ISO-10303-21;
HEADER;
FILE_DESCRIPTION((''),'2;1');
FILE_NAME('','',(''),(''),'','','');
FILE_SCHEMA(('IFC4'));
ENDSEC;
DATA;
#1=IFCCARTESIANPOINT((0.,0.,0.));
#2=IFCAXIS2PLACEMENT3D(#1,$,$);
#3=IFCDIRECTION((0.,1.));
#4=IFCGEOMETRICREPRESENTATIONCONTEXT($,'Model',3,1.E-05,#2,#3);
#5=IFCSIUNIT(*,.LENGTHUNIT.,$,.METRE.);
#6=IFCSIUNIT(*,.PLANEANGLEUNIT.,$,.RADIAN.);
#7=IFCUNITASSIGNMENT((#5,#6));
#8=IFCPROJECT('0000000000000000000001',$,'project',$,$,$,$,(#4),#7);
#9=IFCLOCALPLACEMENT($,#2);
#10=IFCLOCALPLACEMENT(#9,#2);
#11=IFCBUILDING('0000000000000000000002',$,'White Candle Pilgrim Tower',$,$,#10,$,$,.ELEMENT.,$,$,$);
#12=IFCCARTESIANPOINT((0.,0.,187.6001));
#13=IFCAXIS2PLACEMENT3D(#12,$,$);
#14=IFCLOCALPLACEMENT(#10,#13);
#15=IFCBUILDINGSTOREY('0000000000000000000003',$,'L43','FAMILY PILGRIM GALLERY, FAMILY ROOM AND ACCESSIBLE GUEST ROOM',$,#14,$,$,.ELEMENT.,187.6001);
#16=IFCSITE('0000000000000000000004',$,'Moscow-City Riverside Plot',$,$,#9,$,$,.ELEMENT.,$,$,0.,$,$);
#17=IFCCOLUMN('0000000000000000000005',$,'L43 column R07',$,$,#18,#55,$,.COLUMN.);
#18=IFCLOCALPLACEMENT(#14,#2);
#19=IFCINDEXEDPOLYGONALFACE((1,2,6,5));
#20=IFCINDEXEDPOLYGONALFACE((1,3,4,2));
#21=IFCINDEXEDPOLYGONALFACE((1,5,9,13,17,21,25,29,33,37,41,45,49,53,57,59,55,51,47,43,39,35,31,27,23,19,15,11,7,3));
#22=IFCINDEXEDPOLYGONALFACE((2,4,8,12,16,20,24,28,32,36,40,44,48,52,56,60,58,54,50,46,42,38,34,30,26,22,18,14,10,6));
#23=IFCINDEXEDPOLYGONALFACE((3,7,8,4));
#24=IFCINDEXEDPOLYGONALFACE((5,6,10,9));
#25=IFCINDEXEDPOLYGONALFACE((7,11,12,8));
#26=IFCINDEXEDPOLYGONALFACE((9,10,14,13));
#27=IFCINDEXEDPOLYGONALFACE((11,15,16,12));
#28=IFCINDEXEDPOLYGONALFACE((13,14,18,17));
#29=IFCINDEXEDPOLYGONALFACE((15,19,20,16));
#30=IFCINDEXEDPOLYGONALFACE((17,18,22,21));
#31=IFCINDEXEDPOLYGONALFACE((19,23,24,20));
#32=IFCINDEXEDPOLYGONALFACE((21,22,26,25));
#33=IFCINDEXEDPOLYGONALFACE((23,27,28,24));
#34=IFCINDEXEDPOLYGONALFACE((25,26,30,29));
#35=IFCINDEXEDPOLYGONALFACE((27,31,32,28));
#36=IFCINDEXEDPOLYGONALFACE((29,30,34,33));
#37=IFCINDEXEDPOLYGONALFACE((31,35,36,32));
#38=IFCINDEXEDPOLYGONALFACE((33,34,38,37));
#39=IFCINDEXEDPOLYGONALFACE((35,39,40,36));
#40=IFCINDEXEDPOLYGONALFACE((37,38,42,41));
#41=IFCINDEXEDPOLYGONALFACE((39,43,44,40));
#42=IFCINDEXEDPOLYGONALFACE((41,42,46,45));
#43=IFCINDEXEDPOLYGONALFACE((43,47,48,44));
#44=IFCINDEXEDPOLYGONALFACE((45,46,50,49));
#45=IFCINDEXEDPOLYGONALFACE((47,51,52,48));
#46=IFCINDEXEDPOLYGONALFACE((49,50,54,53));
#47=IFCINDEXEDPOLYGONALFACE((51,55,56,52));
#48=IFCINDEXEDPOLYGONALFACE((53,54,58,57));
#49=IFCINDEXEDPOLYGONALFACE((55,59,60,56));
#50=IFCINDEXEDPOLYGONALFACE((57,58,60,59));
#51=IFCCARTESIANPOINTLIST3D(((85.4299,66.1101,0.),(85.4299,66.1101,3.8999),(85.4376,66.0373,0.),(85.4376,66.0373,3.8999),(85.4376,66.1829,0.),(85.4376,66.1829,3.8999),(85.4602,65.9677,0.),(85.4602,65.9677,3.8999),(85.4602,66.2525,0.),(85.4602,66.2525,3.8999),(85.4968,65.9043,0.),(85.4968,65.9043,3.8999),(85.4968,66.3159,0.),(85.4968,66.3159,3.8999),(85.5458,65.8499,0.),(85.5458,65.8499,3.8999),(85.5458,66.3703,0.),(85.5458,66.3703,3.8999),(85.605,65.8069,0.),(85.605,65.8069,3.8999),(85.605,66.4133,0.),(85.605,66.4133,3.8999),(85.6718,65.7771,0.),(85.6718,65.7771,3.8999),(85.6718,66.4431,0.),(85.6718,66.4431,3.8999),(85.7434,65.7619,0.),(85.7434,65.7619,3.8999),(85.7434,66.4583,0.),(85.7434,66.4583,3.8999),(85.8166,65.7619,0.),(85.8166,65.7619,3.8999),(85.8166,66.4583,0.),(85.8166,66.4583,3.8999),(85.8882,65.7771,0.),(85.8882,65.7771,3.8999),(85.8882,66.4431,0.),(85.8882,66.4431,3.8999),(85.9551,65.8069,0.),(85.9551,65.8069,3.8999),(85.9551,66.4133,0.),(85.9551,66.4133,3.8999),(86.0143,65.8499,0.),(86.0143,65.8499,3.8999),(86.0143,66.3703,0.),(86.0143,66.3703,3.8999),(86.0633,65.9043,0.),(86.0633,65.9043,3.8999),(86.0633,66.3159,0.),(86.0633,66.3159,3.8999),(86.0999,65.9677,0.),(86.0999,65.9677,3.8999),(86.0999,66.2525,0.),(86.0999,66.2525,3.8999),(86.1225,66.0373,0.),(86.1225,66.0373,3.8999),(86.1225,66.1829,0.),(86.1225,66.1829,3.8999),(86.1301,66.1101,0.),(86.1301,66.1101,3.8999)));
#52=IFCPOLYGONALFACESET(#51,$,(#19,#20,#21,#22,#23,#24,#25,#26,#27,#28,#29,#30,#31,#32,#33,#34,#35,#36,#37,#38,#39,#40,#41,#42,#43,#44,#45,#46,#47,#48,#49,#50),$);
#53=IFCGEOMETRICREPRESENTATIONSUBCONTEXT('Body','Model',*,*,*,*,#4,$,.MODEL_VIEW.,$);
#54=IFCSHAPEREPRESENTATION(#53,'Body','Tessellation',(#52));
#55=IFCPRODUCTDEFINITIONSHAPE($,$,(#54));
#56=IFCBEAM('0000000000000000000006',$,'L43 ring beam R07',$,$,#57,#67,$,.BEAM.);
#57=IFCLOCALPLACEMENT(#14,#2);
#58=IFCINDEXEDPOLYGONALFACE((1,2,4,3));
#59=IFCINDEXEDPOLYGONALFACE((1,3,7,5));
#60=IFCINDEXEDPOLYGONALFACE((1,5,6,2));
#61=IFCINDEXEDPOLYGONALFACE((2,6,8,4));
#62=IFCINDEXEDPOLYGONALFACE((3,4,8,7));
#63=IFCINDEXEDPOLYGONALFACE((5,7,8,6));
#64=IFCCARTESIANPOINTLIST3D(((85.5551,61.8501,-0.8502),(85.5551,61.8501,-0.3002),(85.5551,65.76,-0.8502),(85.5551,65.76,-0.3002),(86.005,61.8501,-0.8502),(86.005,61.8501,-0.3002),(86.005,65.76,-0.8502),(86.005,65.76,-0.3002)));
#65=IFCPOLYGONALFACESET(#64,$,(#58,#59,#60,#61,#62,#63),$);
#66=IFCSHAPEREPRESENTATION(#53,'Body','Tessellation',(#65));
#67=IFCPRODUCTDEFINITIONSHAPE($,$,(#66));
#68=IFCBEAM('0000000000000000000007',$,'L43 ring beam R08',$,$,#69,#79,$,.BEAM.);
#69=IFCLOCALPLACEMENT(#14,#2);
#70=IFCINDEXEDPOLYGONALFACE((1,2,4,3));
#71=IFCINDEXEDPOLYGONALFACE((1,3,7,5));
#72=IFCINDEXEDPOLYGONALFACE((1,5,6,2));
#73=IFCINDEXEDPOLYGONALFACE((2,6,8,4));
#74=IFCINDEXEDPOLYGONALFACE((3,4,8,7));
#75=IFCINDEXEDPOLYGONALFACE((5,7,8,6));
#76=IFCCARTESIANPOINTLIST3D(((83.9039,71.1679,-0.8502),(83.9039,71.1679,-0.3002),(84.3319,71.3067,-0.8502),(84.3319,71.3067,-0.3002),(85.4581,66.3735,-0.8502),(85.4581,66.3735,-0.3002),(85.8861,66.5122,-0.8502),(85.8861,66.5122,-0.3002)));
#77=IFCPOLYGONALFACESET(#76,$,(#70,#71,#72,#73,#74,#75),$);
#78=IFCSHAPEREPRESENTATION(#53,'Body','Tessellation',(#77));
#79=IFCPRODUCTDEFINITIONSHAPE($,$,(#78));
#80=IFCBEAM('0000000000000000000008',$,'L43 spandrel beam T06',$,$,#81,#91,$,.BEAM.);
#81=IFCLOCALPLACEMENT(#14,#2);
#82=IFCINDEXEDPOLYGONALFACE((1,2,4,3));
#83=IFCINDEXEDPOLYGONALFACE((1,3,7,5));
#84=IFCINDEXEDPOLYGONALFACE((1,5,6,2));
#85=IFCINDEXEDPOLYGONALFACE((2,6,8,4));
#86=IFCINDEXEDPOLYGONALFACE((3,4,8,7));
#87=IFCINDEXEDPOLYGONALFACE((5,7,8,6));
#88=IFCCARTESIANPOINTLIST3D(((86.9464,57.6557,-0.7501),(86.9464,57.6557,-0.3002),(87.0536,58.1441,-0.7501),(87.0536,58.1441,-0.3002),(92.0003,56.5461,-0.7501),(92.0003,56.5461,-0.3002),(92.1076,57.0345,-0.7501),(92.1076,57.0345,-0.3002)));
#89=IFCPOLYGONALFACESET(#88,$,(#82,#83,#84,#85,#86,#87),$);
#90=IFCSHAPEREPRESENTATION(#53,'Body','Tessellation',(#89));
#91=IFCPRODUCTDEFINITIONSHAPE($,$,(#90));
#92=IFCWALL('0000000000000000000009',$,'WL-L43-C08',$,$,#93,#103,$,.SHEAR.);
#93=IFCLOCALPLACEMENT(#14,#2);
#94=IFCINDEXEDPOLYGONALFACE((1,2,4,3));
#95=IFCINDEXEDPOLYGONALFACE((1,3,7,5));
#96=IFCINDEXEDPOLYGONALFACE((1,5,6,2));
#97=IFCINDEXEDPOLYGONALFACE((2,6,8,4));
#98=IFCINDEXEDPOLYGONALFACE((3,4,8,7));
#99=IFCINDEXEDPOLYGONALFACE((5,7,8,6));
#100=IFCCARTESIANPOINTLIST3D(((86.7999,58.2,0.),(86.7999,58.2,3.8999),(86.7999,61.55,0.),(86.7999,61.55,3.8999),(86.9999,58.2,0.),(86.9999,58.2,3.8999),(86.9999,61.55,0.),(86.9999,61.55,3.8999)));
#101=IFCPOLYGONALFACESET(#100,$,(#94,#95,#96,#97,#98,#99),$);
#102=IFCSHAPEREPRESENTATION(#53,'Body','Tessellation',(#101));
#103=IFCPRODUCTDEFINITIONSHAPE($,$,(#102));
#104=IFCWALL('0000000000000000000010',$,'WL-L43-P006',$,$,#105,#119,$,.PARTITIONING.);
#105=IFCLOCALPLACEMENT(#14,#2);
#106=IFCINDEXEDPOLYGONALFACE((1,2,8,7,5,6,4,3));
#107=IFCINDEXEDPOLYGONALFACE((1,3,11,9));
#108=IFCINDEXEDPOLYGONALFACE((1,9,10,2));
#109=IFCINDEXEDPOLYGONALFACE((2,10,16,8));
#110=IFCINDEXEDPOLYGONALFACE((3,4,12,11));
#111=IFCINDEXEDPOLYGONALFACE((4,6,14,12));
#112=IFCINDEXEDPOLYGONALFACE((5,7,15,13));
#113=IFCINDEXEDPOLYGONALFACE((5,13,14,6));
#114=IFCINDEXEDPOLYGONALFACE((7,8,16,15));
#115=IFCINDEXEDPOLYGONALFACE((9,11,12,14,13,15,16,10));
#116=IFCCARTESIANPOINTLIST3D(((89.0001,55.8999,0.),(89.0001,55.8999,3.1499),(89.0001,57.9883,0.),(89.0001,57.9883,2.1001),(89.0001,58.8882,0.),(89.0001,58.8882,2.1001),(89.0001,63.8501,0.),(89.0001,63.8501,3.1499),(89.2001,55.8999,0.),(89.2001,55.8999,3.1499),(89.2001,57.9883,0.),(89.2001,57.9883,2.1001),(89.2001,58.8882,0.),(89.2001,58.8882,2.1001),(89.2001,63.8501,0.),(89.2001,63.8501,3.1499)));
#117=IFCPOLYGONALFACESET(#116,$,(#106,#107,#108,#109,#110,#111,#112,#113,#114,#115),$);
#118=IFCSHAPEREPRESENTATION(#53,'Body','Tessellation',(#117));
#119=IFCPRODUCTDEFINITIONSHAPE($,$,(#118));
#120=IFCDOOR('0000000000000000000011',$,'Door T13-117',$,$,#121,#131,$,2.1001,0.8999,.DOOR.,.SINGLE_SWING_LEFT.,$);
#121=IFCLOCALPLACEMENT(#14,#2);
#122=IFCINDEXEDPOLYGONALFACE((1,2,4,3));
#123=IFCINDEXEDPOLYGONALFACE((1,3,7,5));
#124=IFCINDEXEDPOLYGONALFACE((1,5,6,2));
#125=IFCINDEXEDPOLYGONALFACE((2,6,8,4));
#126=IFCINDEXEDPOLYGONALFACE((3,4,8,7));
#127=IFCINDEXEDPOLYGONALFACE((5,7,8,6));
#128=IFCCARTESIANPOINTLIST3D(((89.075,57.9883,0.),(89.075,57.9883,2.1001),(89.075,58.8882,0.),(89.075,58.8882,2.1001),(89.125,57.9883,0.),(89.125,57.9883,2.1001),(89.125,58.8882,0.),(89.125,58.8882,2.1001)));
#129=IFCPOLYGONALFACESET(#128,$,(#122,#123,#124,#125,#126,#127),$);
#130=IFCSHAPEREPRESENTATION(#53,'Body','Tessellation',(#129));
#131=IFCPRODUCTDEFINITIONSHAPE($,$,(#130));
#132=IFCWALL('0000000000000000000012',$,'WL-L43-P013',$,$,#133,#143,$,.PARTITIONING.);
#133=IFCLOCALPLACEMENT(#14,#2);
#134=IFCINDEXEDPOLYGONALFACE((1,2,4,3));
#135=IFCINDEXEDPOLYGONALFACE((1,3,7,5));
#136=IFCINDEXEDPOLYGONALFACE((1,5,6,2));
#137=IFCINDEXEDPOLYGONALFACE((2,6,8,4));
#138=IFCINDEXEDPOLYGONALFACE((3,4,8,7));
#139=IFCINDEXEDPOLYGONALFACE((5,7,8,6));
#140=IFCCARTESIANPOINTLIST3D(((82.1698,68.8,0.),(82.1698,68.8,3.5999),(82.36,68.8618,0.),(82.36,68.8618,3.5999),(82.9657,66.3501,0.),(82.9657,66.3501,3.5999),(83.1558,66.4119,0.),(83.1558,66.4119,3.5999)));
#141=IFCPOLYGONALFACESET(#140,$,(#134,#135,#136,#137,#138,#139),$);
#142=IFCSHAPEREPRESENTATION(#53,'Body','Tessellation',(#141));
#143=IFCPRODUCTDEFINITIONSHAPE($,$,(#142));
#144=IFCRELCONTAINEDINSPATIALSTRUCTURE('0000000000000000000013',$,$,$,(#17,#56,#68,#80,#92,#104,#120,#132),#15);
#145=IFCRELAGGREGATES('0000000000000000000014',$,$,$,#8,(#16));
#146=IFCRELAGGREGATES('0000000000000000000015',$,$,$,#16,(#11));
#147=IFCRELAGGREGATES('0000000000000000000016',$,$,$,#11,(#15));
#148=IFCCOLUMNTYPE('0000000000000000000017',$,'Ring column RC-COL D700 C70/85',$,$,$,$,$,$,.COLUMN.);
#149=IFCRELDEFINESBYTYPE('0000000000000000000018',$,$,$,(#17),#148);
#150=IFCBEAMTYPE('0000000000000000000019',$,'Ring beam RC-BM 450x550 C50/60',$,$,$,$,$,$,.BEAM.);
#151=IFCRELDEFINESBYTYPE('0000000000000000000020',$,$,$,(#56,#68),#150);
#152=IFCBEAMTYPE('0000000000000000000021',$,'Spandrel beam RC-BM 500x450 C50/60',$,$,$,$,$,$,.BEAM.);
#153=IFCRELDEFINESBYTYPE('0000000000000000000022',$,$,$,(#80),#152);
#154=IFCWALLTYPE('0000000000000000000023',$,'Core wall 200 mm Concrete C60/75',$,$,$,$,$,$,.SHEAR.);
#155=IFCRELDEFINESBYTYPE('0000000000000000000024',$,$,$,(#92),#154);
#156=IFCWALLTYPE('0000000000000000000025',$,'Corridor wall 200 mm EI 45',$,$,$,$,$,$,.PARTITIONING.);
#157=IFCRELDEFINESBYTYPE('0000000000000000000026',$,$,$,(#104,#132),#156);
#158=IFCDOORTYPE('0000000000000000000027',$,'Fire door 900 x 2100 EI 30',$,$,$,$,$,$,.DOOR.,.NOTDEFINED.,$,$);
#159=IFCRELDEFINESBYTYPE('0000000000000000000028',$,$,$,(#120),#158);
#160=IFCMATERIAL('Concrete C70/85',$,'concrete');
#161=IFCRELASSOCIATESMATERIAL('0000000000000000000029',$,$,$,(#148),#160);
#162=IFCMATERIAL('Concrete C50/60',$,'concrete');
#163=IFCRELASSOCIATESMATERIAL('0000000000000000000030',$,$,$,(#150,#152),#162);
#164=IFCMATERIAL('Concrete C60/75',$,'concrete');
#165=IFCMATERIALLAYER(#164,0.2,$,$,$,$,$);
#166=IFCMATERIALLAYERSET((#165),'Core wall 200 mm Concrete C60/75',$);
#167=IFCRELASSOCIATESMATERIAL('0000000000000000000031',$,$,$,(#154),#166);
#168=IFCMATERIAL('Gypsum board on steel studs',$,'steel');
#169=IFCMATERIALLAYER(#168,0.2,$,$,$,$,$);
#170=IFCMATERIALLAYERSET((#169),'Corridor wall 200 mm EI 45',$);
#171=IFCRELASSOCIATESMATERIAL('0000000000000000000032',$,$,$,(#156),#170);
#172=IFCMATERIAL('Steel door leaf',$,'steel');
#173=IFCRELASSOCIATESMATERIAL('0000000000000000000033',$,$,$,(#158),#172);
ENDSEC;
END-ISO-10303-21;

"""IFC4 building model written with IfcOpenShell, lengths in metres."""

from ifc_helpers import new_model, si_unit, direction, frame, frame_2d, origin, origin_2d, place, context, subcontext, project, spatial, rectangle, circle, extrude, material, layer, layer_set, material_profile, profile_set, type_object, element, fill, save


model = new_model("IFC4")

# Units and contexts
model_context = context("Model", 3, precision=1e-05, world=origin(), true_north=direction((0.0, 1.0)))
body_context = subcontext(model_context, "Body", "Model", "MODEL_VIEW")
ifc_project = project(units=[si_unit("LENGTHUNIT", "METRE"), si_unit("PLANEANGLEUNIT", "RADIAN")], contexts=[model_context])

# Site, building, storey
site_placement = place(None, origin())
site = spatial("IfcSite", under=ifc_project, at=site_placement, Name="Moscow-City Riverside Plot", CompositionType="ELEMENT", RefElevation=0.0)
building_placement = place(site_placement, origin())
building = spatial("IfcBuilding", under=site, at=building_placement, Name="White Candle Pilgrim Tower", CompositionType="ELEMENT")
storey_placement = place(building_placement, frame((0.0, 0.0, 187.6001)))
storey = spatial("IfcBuildingStorey", under=building, at=storey_placement, Name="L43", Description="FAMILY PILGRIM GALLERY, FAMILY ROOM AND ACCESSIBLE GUEST ROOM", CompositionType="ELEMENT", Elevation=187.6001)

# Column
ifc_material_1 = material(Name="Concrete C70/85", Category="concrete")
ifc_material_profile_1 = material_profile(ifc_material_1, circle(Radius=0.3501, at=origin_2d()), Name="RC-COL D700")
ifc_profile_set_1 = profile_set([ifc_material_profile_1], Name="Concrete C70/85")
column_type = type_object("IfcColumnType", Name="Ring column RC-COL D700 C70/85", PredefinedType="COLUMN", material=ifc_profile_set_1)
column_placement = place(storey_placement, frame((85.78, 66.1101, 0.0), z_axis=(0.0, 0.0, 1.0), x_axis=(1.0, 0.0, 0.0)))
element("IfcColumn", 1, at=column_placement, inside=storey, type_object=column_type, Name="L43 column R07", PredefinedType="COLUMN", context=body_context, shape_type="SweptSolid", body=[
    extrude(circle(Radius=0.3501, at=origin_2d()), origin(), (0.0, 0.0, 1.0), 3.8999),
])

# Beams
ifc_material_2 = material(Name="Concrete C50/60", Category="concrete")
ifc_material_profile_2 = material_profile(ifc_material_2, rectangle(XDim=0.45, YDim=0.55, at=origin_2d()), Name="RC-BM 450x550")
ifc_profile_set_2 = profile_set([ifc_material_profile_2], Name="Concrete C50/60")
beam_type_1 = type_object("IfcBeamType", Name="Ring beam RC-BM 450x550 C50/60", PredefinedType="BEAM", material=ifc_profile_set_2)
beam_1_placement = place(storey_placement, frame((85.78, 65.76, -0.5752), z_axis=(0.0, -1.0, 0.0), x_axis=(1.0, 0.0, 0.0)))
element("IfcBeam", 2, at=beam_1_placement, inside=storey, type_object=beam_type_1, Name="L43 ring beam R07", PredefinedType="BEAM", context=body_context, shape_type="SweptSolid", body=[
    extrude(rectangle(XDim=0.45, YDim=0.55, at=origin_2d()), origin(), (0.0, 0.0, 1.0), 3.9099),
])
beam_2_placement = place(storey_placement, frame((85.6721, 66.4429, -0.5752), z_axis=(-0.30837, 0.951267, 0.0), x_axis=(-0.951267, -0.30837, 0.0)))
element("IfcBeam", 3, at=beam_2_placement, inside=storey, type_object=beam_type_1, Name="L43 ring beam R08", PredefinedType="BEAM", context=body_context, shape_type="SweptSolid", body=[
    extrude(rectangle(XDim=0.45, YDim=0.55, at=origin_2d()), origin(), (0.0, 0.0, 1.0), 5.04),
])
ifc_material_profile_3 = material_profile(ifc_material_2, rectangle(XDim=0.5, YDim=0.45, at=origin_2d()), Name="RC-BM 500x450")
ifc_profile_set_3 = profile_set([ifc_material_profile_3], Name="Concrete C50/60")
beam_type_2 = type_object("IfcBeamType", Name="Spandrel beam RC-BM 500x450 C50/60", PredefinedType="BEAM", material=ifc_profile_set_3)
beam_3_placement = place(storey_placement, frame((92.054, 56.7903, -0.5251), z_axis=(-0.976736, 0.214447, 0.0), x_axis=(-0.214447, -0.976736, 0.0)))
element("IfcBeam", 4, at=beam_3_placement, inside=storey, type_object=beam_type_2, Name="L43 spandrel beam T06", PredefinedType="BEAM", context=body_context, shape_type="SweptSolid", body=[
    extrude(rectangle(XDim=0.5, YDim=0.45, at=origin_2d()), origin(), (0.0, 0.0, 1.0), 5.1743),
])

# Wall
ifc_material_3 = material(Name="Concrete C60/75", Category="concrete")
ifc_layer_1 = layer(ifc_material_3, 0.2)
ifc_layer_set_1 = layer_set([ifc_layer_1], Name="Core wall 200 mm Concrete C60/75")
wall_type_1 = type_object("IfcWallType", Name="Core wall 200 mm Concrete C60/75", PredefinedType="SHEAR", material=ifc_layer_set_1)
wall_1_placement = place(storey_placement, frame((86.8999, 58.2, 0.0), z_axis=(0.0, 0.0, 1.0), x_axis=(0.0, 1.0, 0.0)))
element("IfcWall", 5, at=wall_1_placement, inside=storey, type_object=wall_type_1, Name="WL-L43-C08", PredefinedType="SHEAR", context=body_context, shape_type="SweptSolid", body=[
    extrude(rectangle(XDim=3.3501, YDim=0.2, at=frame_2d((1.675, 0.0))), origin(), (0.0, 0.0, 1.0), 3.8999),
])

# Wall, opening, door
ifc_material_4 = material(Name="Gypsum board on steel studs", Category="steel")
ifc_layer_2 = layer(ifc_material_4, 0.2)
ifc_layer_set_2 = layer_set([ifc_layer_2], Name="Corridor wall 200 mm EI 45")
wall_type_2 = type_object("IfcWallType", Name="Corridor wall 200 mm EI 45", PredefinedType="PARTITIONING", material=ifc_layer_set_2)
wall_2_placement = place(storey_placement, frame((89.1001, 63.8501, 0.0), z_axis=(0.0, 0.0, 1.0), x_axis=(0.0, -1.0, 0.0)))
wall_2 = element("IfcWall", 6, at=wall_2_placement, inside=storey, type_object=wall_type_2, Name="WL-L43-P006", PredefinedType="PARTITIONING", context=body_context, shape_type="SweptSolid", body=[
    extrude(rectangle(XDim=7.9502, YDim=0.2, at=frame_2d((3.9751, 0.0))), origin(), (0.0, 0.0, 1.0), 3.1499),
])
opening_1_placement = place(wall_2_placement, frame((4.9619, 0.0, 0.0)))
opening_1 = element("IfcOpeningElement", 7, at=opening_1_placement, cuts=wall_2, PredefinedType="OPENING", context=body_context, shape_type="SweptSolid", body=[
    extrude(rectangle(XDim=0.8999, YDim=2.1001, at=frame_2d((0.45, 1.05))), frame((0.0, 0.1099, 0.0), z_axis=(0.0, -1.0, 0.0), x_axis=(1.0, 0.0, 0.0)), (0.0, 0.0, 1.0), 0.22),
])
ifc_material_5 = material(Name="Steel door leaf", Category="steel")
door_type_1 = type_object("IfcDoorType", Name="Fire door 900 x 2100 EI 30", OperationType="NOTDEFINED", PredefinedType="DOOR", material=ifc_material_5)
door_1_placement = place(opening_1_placement, origin())
door_1 = element("IfcDoor", 8, at=door_1_placement, inside=storey, type_object=door_type_1, Name="Door T13-117", OperationType="SINGLE_SWING_LEFT", OverallHeight=2.1001, OverallWidth=0.8999, PredefinedType="DOOR", context=body_context, shape_type="SweptSolid", body=[
    extrude(rectangle(XDim=0.8999, YDim=2.1001, at=frame_2d((0.45, 1.05))), frame((0.0, 0.0249, 0.0), z_axis=(0.0, -1.0, 0.0), x_axis=(1.0, 0.0, 0.0)), (0.0, 0.0, 1.0), 0.05),
])
fill(opening_1, door_1)

# Wall
wall_3_placement = place(storey_placement, frame((83.0608, 66.3809, 0.0), z_axis=(0.0, 0.0, 1.0), x_axis=(-0.308968, 0.951072, 0.0)))
element("IfcWall", 9, at=wall_3_placement, inside=storey, type_object=wall_type_2, Name="WL-L43-P013", PredefinedType="PARTITIONING", context=body_context, shape_type="SweptSolid", body=[
    extrude(rectangle(XDim=2.5759, YDim=0.2, at=frame_2d((1.2881, 0.0))), origin(), (0.0, 0.0, 1.0), 3.5999),
])

save(model, "model.ifc")
